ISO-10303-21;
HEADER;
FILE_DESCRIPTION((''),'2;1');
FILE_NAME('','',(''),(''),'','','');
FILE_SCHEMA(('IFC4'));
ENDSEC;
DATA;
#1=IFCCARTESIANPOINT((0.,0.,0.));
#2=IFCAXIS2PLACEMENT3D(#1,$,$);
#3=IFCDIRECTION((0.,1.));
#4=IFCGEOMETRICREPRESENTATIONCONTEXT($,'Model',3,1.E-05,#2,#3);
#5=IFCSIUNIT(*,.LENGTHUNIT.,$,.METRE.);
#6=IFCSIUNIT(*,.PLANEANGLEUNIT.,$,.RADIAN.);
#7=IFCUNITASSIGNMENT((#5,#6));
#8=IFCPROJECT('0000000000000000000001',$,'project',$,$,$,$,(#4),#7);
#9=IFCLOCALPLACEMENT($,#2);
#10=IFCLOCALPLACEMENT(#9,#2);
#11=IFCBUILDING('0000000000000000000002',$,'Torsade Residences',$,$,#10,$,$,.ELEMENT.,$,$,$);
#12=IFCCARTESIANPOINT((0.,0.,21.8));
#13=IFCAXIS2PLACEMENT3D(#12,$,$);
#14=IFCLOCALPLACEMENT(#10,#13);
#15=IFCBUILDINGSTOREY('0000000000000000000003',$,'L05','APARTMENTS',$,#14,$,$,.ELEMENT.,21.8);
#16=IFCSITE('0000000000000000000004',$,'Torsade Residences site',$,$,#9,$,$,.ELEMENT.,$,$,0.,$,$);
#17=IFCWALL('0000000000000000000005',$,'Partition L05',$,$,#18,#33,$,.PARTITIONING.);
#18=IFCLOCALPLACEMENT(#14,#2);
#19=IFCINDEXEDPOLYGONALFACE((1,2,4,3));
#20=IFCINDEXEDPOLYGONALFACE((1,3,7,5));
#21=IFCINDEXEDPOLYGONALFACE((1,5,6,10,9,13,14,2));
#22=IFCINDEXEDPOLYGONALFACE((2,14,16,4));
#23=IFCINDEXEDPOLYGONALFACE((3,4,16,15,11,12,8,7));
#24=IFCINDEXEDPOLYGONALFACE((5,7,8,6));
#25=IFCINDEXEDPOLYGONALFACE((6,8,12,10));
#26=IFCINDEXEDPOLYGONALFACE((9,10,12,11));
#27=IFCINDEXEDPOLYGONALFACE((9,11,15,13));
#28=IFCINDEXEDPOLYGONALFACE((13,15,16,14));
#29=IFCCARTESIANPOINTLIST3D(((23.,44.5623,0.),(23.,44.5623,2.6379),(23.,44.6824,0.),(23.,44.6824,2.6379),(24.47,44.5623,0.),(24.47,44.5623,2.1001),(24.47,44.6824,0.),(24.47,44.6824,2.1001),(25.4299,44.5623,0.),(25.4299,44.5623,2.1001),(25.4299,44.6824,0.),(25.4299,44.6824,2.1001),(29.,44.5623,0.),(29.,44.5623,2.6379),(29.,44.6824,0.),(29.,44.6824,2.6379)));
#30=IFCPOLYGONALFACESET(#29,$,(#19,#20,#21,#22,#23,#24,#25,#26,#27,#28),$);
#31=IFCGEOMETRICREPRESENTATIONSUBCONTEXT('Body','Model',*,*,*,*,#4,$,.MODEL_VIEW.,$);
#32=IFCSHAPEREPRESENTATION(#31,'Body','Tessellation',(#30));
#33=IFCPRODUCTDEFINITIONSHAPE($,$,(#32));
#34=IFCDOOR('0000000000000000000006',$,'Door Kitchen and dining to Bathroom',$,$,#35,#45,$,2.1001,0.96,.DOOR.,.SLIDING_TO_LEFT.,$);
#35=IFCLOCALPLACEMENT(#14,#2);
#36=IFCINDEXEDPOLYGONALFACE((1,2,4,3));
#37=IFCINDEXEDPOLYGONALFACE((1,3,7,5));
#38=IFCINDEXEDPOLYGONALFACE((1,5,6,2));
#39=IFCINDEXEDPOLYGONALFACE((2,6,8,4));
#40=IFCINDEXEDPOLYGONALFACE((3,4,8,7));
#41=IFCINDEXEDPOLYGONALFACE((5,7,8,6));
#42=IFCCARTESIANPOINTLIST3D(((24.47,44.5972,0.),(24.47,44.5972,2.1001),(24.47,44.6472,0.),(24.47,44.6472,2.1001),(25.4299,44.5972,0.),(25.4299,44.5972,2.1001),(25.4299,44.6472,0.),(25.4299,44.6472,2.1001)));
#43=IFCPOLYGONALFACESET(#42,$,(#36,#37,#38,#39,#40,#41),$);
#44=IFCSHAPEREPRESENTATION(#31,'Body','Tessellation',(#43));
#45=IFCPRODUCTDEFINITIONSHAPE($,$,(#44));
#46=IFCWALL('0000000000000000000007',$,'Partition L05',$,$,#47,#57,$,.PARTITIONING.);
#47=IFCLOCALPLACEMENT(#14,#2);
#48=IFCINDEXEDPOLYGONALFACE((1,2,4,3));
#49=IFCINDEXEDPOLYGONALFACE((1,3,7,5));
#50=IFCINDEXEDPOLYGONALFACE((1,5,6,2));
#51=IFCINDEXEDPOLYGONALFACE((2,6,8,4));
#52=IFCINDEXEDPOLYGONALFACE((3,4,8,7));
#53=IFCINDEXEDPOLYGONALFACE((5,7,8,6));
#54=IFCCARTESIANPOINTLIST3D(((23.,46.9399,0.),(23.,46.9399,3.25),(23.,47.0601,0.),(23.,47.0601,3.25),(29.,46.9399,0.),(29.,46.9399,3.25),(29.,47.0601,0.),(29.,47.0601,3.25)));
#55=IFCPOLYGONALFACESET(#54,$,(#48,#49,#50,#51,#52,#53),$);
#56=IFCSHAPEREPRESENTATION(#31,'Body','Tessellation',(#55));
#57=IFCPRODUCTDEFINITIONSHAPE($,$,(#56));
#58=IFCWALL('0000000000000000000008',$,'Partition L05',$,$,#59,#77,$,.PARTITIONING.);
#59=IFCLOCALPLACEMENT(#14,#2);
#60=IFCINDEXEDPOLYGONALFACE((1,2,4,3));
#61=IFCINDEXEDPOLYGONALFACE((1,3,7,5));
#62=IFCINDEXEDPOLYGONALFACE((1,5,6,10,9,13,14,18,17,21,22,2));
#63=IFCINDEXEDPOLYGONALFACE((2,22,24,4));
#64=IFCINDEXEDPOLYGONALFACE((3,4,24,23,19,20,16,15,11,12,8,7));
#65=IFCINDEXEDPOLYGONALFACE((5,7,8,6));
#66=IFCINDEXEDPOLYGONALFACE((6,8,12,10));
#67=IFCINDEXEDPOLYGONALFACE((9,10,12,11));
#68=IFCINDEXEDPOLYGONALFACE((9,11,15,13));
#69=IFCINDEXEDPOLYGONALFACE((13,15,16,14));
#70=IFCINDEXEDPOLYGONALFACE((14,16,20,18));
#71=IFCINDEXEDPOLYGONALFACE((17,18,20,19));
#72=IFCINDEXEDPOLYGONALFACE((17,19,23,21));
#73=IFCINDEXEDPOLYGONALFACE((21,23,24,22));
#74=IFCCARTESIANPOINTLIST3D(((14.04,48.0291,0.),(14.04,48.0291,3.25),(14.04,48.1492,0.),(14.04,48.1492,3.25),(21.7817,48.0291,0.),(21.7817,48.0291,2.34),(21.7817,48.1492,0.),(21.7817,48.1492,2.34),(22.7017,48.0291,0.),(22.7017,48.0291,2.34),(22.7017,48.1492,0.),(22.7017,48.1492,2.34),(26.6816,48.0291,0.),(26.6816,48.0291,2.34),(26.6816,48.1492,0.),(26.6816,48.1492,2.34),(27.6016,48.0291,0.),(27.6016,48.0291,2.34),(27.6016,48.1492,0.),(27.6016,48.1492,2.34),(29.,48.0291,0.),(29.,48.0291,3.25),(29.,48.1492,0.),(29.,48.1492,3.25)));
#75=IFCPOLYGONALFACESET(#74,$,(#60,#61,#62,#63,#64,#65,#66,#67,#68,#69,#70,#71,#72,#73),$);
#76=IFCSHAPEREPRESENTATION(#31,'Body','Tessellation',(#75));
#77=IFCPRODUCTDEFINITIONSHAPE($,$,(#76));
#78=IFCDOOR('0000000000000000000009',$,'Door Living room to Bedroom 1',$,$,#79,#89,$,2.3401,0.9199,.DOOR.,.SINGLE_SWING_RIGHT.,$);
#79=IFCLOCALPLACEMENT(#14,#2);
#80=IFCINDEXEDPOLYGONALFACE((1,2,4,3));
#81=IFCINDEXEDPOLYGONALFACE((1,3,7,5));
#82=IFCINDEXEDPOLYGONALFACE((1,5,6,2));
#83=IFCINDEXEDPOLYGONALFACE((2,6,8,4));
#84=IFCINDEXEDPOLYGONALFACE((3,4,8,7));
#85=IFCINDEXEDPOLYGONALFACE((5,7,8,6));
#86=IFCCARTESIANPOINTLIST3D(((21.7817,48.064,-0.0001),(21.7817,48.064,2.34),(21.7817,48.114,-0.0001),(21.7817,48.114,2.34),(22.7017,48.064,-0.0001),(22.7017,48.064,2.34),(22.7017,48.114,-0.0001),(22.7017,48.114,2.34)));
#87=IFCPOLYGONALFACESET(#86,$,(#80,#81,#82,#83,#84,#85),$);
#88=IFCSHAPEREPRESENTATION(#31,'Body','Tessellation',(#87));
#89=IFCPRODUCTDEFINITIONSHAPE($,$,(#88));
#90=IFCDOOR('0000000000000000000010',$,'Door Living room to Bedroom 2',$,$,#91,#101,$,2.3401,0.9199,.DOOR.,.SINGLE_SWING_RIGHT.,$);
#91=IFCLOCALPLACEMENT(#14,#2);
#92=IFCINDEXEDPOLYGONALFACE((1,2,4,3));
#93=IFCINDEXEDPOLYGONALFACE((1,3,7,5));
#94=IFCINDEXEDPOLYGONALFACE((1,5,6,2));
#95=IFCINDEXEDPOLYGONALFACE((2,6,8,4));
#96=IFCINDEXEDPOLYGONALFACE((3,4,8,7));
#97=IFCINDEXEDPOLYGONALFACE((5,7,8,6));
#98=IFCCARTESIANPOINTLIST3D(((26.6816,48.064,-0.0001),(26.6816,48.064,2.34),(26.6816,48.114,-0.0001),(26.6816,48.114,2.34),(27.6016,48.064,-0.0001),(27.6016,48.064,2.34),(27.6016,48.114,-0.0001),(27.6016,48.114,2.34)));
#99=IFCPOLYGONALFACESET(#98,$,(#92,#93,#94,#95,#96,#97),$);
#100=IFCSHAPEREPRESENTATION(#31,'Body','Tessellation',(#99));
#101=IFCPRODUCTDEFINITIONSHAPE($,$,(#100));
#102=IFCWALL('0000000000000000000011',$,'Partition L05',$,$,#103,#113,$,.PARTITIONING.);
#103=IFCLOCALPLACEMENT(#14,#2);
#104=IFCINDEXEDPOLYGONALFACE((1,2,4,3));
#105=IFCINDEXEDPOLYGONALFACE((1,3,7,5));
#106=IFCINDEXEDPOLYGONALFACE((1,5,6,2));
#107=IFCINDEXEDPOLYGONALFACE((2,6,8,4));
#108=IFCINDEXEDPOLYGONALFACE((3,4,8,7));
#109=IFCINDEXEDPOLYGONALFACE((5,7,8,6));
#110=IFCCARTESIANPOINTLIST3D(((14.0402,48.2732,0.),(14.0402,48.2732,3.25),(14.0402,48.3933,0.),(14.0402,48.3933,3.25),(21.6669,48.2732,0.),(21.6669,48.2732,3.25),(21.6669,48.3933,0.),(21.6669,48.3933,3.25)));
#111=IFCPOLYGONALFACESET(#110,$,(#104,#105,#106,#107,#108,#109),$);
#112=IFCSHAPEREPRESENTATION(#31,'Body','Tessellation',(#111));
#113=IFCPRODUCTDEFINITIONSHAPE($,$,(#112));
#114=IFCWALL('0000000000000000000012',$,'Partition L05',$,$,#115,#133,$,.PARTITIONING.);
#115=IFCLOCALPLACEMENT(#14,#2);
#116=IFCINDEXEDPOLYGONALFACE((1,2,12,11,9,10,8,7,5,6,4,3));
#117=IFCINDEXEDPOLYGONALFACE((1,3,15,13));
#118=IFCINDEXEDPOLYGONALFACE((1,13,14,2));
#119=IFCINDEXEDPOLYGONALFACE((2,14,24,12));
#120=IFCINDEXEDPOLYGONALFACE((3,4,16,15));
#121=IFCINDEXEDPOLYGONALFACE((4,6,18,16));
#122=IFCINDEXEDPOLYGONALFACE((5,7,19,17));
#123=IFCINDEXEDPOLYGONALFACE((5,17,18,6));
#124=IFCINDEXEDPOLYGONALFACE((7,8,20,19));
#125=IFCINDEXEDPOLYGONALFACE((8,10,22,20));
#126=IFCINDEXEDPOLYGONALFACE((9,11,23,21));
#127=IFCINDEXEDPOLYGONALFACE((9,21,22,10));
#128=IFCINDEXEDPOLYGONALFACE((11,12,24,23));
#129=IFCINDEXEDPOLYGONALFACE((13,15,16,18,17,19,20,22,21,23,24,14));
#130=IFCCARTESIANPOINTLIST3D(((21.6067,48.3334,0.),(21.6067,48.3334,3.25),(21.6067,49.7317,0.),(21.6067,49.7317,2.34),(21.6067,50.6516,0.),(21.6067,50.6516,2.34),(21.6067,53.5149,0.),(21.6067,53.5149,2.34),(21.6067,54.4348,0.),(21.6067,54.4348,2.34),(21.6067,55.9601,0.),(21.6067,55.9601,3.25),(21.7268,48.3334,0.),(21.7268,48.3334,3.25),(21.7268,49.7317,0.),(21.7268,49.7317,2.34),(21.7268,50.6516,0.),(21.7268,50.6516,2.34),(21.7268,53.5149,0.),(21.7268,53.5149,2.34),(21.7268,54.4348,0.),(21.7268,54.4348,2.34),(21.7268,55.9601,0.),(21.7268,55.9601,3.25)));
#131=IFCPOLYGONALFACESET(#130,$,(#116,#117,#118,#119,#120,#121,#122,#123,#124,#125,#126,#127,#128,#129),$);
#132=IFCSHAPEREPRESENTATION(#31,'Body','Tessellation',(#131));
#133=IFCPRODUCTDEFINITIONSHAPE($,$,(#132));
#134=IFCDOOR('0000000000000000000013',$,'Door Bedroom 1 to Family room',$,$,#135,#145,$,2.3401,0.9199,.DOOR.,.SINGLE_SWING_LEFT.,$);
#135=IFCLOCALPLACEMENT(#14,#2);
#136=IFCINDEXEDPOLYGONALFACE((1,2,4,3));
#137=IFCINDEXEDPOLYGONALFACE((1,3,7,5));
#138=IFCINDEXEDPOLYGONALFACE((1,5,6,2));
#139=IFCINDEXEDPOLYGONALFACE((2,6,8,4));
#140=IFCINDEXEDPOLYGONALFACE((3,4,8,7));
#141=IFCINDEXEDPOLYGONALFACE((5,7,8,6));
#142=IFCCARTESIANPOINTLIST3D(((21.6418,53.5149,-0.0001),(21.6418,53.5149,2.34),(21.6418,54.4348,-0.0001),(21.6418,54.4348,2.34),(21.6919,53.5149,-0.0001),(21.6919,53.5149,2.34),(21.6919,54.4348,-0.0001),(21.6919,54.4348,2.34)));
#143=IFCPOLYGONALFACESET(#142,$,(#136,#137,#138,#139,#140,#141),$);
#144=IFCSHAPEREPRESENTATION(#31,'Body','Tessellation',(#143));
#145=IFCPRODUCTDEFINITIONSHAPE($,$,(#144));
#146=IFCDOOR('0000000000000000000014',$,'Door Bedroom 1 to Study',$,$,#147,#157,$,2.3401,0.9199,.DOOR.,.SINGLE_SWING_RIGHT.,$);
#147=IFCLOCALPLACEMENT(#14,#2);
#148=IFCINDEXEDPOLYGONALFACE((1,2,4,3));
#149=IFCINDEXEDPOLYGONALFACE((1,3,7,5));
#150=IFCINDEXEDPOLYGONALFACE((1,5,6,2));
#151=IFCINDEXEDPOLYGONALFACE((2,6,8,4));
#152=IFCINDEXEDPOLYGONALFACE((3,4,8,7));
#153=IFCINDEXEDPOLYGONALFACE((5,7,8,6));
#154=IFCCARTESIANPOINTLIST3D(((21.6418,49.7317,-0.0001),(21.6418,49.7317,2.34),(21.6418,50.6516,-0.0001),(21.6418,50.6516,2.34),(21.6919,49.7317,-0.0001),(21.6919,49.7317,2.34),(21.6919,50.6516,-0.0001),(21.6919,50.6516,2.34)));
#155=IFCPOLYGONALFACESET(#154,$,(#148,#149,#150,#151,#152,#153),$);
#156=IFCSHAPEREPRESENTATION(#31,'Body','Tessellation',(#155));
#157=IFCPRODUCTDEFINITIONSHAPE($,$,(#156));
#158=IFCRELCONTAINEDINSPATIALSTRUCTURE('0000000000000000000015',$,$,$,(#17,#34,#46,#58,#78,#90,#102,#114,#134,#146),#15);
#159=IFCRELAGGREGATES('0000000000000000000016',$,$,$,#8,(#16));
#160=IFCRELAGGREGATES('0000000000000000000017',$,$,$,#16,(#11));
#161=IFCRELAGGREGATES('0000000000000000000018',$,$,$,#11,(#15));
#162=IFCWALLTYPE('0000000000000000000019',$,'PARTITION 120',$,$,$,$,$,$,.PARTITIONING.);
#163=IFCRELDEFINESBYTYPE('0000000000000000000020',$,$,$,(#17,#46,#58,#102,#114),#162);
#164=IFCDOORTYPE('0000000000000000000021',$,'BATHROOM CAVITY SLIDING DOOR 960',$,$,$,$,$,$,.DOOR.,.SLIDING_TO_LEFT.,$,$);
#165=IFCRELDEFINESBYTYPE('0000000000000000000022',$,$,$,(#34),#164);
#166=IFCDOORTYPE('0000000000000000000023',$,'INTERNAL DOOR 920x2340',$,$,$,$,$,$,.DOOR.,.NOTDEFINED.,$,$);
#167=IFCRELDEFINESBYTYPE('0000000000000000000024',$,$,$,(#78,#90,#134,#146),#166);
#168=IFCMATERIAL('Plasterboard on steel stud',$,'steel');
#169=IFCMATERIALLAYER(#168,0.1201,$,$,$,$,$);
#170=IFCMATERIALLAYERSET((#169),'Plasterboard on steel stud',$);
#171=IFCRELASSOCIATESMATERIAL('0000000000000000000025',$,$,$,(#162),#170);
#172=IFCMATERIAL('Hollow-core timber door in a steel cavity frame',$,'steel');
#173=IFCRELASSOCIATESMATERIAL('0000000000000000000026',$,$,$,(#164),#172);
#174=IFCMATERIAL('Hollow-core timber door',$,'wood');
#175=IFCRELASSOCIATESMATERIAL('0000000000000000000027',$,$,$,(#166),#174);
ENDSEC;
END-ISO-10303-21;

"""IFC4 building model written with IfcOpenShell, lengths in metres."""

from ifc_helpers import new_model, si_unit, direction, frame, frame_2d, origin, place, context, subcontext, project, spatial, rectangle, extrude, material, layer, layer_set, type_object, element, fill, save


model = new_model("IFC4")

# Units and contexts
model_context = context("Model", 3, precision=1e-05, world=origin(), true_north=direction((0.0, 1.0)))
body_context = subcontext(model_context, "Body", "Model", "MODEL_VIEW")
ifc_project = project(units=[si_unit("LENGTHUNIT", "METRE"), si_unit("PLANEANGLEUNIT", "RADIAN")], contexts=[model_context])

# Site, building, storey
site_placement = place(None, origin())
site = spatial("IfcSite", under=ifc_project, at=site_placement, Name="Torsade Residences site", CompositionType="ELEMENT", RefElevation=0.0)
building_placement = place(site_placement, origin())
building = spatial("IfcBuilding", under=site, at=building_placement, Name="Torsade Residences", CompositionType="ELEMENT")
storey_placement = place(building_placement, frame((0.0, 0.0, 21.8)))
storey = spatial("IfcBuildingStorey", under=building, at=storey_placement, Name="L05", Description="APARTMENTS", CompositionType="ELEMENT", Elevation=21.8)

# Wall, opening, door
ifc_material_1 = material(Name="Plasterboard on steel stud", Category="steel")
ifc_layer_1 = layer(ifc_material_1, 0.1201)
ifc_layer_set_1 = layer_set([ifc_layer_1], Name="Plasterboard on steel stud")
wall_type_1 = type_object("IfcWallType", Name="PARTITION 120", PredefinedType="PARTITIONING", material=ifc_layer_set_1)
wall_1_placement = place(storey_placement, frame((23.0, 44.6223, 0.0), z_axis=(0.0, 0.0, 1.0), x_axis=(1.0, 0.0, 0.0)))
wall_1 = element("IfcWall", 1, at=wall_1_placement, inside=storey, type_object=wall_type_1, Name="Partition L05", PredefinedType="PARTITIONING", context=body_context, shape_type="SweptSolid", body=[
    extrude(rectangle(XDim=6.0, YDim=0.1201, at=frame_2d((3.0, 0.0))), origin(), (0.0, 0.0, 1.0), 2.6379),
])
opening_1_placement = place(wall_1_placement, frame((1.47, 0.0, 0.0)))
opening_1 = element("IfcOpeningElement", 2, at=opening_1_placement, cuts=wall_1, PredefinedType="OPENING", context=body_context, shape_type="SweptSolid", body=[
    extrude(rectangle(XDim=0.96, YDim=2.1001, at=frame_2d((0.48, 1.05))), frame((0.0, 0.0701, 0.0), z_axis=(0.0, -1.0, 0.0), x_axis=(1.0, 0.0, 0.0)), (0.0, 0.0, 1.0), 0.1401),
])
ifc_material_2 = material(Name="Hollow-core timber door in a steel cavity frame", Category="steel")
door_type_1 = type_object("IfcDoorType", Name="BATHROOM CAVITY SLIDING DOOR 960", OperationType="SLIDING_TO_LEFT", PredefinedType="DOOR", material=ifc_material_2)
door_1_placement = place(opening_1_placement, origin())
door_1 = element("IfcDoor", 3, at=door_1_placement, inside=storey, type_object=door_type_1, Name="Door Kitchen and dining to Bathroom", OperationType="SLIDING_TO_LEFT", OverallHeight=2.1001, OverallWidth=0.96, PredefinedType="DOOR", context=body_context, shape_type="SweptSolid", body=[
    extrude(rectangle(XDim=0.96, YDim=2.1001, at=frame_2d((0.48, 1.05))), frame((0.0, 0.0249, 0.0), z_axis=(0.0, -1.0, 0.0), x_axis=(1.0, 0.0, 0.0)), (0.0, 0.0, 1.0), 0.05),
])
fill(opening_1, door_1)

# Wall
wall_2_placement = place(storey_placement, frame((23.0, 47.0, 0.0), z_axis=(0.0, 0.0, 1.0), x_axis=(1.0, 0.0, 0.0)))
element("IfcWall", 4, at=wall_2_placement, inside=storey, type_object=wall_type_1, Name="Partition L05", PredefinedType="PARTITIONING", context=body_context, shape_type="SweptSolid", body=[
    extrude(rectangle(XDim=6.0, YDim=0.1201, at=frame_2d((3.0, 0.0))), origin(), (0.0, 0.0, 1.0), 3.25),
])

# Wall, openings, doors
wall_3_placement = place(storey_placement, frame((14.04, 48.0891, 0.0), z_axis=(0.0, 0.0, 1.0), x_axis=(1.0, 0.0, 0.0)))
wall_3 = element("IfcWall", 5, at=wall_3_placement, inside=storey, type_object=wall_type_1, Name="Partition L05", PredefinedType="PARTITIONING", context=body_context, shape_type="SweptSolid", body=[
    extrude(rectangle(XDim=14.96, YDim=0.1201, at=frame_2d((7.48, 0.0))), origin(), (0.0, 0.0, 1.0), 3.25),
])
opening_2_placement = place(wall_3_placement, frame((7.7417, 0.0, 0.0)))
opening_2 = element("IfcOpeningElement", 6, at=opening_2_placement, cuts=wall_3, PredefinedType="OPENING", context=body_context, shape_type="SweptSolid", body=[
    extrude(rectangle(XDim=0.9199, YDim=2.3401, at=frame_2d((0.46, 1.1699))), frame((0.0, 0.0701, 0.0), z_axis=(0.0, -1.0, 0.0), x_axis=(1.0, 0.0, 0.0)), (0.0, 0.0, 1.0), 0.1401),
])
opening_3_placement = place(wall_3_placement, frame((12.6416, 0.0, 0.0)))
opening_3 = element("IfcOpeningElement", 7, at=opening_3_placement, cuts=wall_3, PredefinedType="OPENING", context=body_context, shape_type="SweptSolid", body=[
    extrude(rectangle(XDim=0.9199, YDim=2.3401, at=frame_2d((0.46, 1.1699))), frame((0.0, 0.0701, 0.0), z_axis=(0.0, -1.0, 0.0), x_axis=(1.0, 0.0, 0.0)), (0.0, 0.0, 1.0), 0.1401),
])
ifc_material_3 = material(Name="Hollow-core timber door", Category="wood")
door_type_2 = type_object("IfcDoorType", Name="INTERNAL DOOR 920x2340", OperationType="NOTDEFINED", PredefinedType="DOOR", material=ifc_material_3)
door_2_placement = place(opening_2_placement, origin())
door_2 = element("IfcDoor", 8, at=door_2_placement, inside=storey, type_object=door_type_2, Name="Door Living room to Bedroom 1", OperationType="SINGLE_SWING_RIGHT", OverallHeight=2.3401, OverallWidth=0.9199, PredefinedType="DOOR", context=body_context, shape_type="SweptSolid", body=[
    extrude(rectangle(XDim=0.9199, YDim=2.3401, at=frame_2d((0.46, 1.1699))), frame((0.0, 0.0249, 0.0), z_axis=(0.0, -1.0, 0.0), x_axis=(1.0, 0.0, 0.0)), (0.0, 0.0, 1.0), 0.05),
])
fill(opening_2, door_2)
door_3_placement = place(opening_3_placement, origin())
door_3 = element("IfcDoor", 9, at=door_3_placement, inside=storey, type_object=door_type_2, Name="Door Living room to Bedroom 2", OperationType="SINGLE_SWING_RIGHT", OverallHeight=2.3401, OverallWidth=0.9199, PredefinedType="DOOR", context=body_context, shape_type="SweptSolid", body=[
    extrude(rectangle(XDim=0.9199, YDim=2.3401, at=frame_2d((0.46, 1.1699))), frame((0.0, 0.0249, 0.0), z_axis=(0.0, -1.0, 0.0), x_axis=(1.0, 0.0, 0.0)), (0.0, 0.0, 1.0), 0.05),
])
fill(opening_3, door_3)

# Wall
wall_4_placement = place(storey_placement, frame((14.04, 48.3333, 0.0), z_axis=(0.0, 0.0, 1.0), x_axis=(1.0, 0.0, 0.0)))
element("IfcWall", 10, at=wall_4_placement, inside=storey, type_object=wall_type_1, Name="Partition L05", PredefinedType="PARTITIONING", context=body_context, shape_type="SweptSolid", body=[
    extrude(rectangle(XDim=7.6267, YDim=0.1201, at=frame_2d((3.8135, 0.0))), origin(), (0.0, 0.0, 1.0), 3.25),
])

# Wall, openings, doors
wall_5_placement = place(storey_placement, frame((21.6667, 48.3333, 0.0), z_axis=(0.0, 0.0, 1.0), x_axis=(0.0, 1.0, 0.0)))
wall_5 = element("IfcWall", 11, at=wall_5_placement, inside=storey, type_object=wall_type_1, Name="Partition L05", PredefinedType="PARTITIONING", context=body_context, shape_type="SweptSolid", body=[
    extrude(rectangle(XDim=7.6267, YDim=0.1201, at=frame_2d((3.8135, 0.0))), origin(), (0.0, 0.0, 1.0), 3.25),
])
opening_4_placement = place(wall_5_placement, frame((5.1816, 0.0, 0.0)))
opening_4 = element("IfcOpeningElement", 12, at=opening_4_placement, cuts=wall_5, PredefinedType="OPENING", context=body_context, shape_type="SweptSolid", body=[
    extrude(rectangle(XDim=0.9199, YDim=2.3401, at=frame_2d((0.46, 1.1699))), frame((0.0, 0.0701, 0.0), z_axis=(0.0, -1.0, 0.0), x_axis=(1.0, 0.0, 0.0)), (0.0, 0.0, 1.0), 0.1401),
])
opening_5_placement = place(wall_5_placement, frame((1.3984, 0.0, 0.0)))
opening_5 = element("IfcOpeningElement", 13, at=opening_5_placement, cuts=wall_5, PredefinedType="OPENING", context=body_context, shape_type="SweptSolid", body=[
    extrude(rectangle(XDim=0.9199, YDim=2.3401, at=frame_2d((0.46, 1.1699))), frame((0.0, 0.0701, 0.0), z_axis=(0.0, -1.0, 0.0), x_axis=(1.0, 0.0, 0.0)), (0.0, 0.0, 1.0), 0.1401),
])
door_4_placement = place(opening_4_placement, origin())
door_4 = element("IfcDoor", 14, at=door_4_placement, inside=storey, type_object=door_type_2, Name="Door Bedroom 1 to Family room", OperationType="SINGLE_SWING_LEFT", OverallHeight=2.3401, OverallWidth=0.9199, PredefinedType="DOOR", context=body_context, shape_type="SweptSolid", body=[
    extrude(rectangle(XDim=0.9199, YDim=2.3401, at=frame_2d((0.46, 1.1699))), frame((0.0, 0.0249, 0.0), z_axis=(0.0, -1.0, 0.0), x_axis=(1.0, 0.0, 0.0)), (0.0, 0.0, 1.0), 0.05),
])
fill(opening_4, door_4)
door_5_placement = place(opening_5_placement, origin())
door_5 = element("IfcDoor", 15, at=door_5_placement, inside=storey, type_object=door_type_2, Name="Door Bedroom 1 to Study", OperationType="SINGLE_SWING_RIGHT", OverallHeight=2.3401, OverallWidth=0.9199, PredefinedType="DOOR", context=body_context, shape_type="SweptSolid", body=[
    extrude(rectangle(XDim=0.9199, YDim=2.3401, at=frame_2d((0.46, 1.1699))), frame((0.0, 0.0249, 0.0), z_axis=(0.0, -1.0, 0.0), x_axis=(1.0, 0.0, 0.0)), (0.0, 0.0, 1.0), 0.05),
])
fill(opening_5, door_5)

save(model, "model.ifc")
